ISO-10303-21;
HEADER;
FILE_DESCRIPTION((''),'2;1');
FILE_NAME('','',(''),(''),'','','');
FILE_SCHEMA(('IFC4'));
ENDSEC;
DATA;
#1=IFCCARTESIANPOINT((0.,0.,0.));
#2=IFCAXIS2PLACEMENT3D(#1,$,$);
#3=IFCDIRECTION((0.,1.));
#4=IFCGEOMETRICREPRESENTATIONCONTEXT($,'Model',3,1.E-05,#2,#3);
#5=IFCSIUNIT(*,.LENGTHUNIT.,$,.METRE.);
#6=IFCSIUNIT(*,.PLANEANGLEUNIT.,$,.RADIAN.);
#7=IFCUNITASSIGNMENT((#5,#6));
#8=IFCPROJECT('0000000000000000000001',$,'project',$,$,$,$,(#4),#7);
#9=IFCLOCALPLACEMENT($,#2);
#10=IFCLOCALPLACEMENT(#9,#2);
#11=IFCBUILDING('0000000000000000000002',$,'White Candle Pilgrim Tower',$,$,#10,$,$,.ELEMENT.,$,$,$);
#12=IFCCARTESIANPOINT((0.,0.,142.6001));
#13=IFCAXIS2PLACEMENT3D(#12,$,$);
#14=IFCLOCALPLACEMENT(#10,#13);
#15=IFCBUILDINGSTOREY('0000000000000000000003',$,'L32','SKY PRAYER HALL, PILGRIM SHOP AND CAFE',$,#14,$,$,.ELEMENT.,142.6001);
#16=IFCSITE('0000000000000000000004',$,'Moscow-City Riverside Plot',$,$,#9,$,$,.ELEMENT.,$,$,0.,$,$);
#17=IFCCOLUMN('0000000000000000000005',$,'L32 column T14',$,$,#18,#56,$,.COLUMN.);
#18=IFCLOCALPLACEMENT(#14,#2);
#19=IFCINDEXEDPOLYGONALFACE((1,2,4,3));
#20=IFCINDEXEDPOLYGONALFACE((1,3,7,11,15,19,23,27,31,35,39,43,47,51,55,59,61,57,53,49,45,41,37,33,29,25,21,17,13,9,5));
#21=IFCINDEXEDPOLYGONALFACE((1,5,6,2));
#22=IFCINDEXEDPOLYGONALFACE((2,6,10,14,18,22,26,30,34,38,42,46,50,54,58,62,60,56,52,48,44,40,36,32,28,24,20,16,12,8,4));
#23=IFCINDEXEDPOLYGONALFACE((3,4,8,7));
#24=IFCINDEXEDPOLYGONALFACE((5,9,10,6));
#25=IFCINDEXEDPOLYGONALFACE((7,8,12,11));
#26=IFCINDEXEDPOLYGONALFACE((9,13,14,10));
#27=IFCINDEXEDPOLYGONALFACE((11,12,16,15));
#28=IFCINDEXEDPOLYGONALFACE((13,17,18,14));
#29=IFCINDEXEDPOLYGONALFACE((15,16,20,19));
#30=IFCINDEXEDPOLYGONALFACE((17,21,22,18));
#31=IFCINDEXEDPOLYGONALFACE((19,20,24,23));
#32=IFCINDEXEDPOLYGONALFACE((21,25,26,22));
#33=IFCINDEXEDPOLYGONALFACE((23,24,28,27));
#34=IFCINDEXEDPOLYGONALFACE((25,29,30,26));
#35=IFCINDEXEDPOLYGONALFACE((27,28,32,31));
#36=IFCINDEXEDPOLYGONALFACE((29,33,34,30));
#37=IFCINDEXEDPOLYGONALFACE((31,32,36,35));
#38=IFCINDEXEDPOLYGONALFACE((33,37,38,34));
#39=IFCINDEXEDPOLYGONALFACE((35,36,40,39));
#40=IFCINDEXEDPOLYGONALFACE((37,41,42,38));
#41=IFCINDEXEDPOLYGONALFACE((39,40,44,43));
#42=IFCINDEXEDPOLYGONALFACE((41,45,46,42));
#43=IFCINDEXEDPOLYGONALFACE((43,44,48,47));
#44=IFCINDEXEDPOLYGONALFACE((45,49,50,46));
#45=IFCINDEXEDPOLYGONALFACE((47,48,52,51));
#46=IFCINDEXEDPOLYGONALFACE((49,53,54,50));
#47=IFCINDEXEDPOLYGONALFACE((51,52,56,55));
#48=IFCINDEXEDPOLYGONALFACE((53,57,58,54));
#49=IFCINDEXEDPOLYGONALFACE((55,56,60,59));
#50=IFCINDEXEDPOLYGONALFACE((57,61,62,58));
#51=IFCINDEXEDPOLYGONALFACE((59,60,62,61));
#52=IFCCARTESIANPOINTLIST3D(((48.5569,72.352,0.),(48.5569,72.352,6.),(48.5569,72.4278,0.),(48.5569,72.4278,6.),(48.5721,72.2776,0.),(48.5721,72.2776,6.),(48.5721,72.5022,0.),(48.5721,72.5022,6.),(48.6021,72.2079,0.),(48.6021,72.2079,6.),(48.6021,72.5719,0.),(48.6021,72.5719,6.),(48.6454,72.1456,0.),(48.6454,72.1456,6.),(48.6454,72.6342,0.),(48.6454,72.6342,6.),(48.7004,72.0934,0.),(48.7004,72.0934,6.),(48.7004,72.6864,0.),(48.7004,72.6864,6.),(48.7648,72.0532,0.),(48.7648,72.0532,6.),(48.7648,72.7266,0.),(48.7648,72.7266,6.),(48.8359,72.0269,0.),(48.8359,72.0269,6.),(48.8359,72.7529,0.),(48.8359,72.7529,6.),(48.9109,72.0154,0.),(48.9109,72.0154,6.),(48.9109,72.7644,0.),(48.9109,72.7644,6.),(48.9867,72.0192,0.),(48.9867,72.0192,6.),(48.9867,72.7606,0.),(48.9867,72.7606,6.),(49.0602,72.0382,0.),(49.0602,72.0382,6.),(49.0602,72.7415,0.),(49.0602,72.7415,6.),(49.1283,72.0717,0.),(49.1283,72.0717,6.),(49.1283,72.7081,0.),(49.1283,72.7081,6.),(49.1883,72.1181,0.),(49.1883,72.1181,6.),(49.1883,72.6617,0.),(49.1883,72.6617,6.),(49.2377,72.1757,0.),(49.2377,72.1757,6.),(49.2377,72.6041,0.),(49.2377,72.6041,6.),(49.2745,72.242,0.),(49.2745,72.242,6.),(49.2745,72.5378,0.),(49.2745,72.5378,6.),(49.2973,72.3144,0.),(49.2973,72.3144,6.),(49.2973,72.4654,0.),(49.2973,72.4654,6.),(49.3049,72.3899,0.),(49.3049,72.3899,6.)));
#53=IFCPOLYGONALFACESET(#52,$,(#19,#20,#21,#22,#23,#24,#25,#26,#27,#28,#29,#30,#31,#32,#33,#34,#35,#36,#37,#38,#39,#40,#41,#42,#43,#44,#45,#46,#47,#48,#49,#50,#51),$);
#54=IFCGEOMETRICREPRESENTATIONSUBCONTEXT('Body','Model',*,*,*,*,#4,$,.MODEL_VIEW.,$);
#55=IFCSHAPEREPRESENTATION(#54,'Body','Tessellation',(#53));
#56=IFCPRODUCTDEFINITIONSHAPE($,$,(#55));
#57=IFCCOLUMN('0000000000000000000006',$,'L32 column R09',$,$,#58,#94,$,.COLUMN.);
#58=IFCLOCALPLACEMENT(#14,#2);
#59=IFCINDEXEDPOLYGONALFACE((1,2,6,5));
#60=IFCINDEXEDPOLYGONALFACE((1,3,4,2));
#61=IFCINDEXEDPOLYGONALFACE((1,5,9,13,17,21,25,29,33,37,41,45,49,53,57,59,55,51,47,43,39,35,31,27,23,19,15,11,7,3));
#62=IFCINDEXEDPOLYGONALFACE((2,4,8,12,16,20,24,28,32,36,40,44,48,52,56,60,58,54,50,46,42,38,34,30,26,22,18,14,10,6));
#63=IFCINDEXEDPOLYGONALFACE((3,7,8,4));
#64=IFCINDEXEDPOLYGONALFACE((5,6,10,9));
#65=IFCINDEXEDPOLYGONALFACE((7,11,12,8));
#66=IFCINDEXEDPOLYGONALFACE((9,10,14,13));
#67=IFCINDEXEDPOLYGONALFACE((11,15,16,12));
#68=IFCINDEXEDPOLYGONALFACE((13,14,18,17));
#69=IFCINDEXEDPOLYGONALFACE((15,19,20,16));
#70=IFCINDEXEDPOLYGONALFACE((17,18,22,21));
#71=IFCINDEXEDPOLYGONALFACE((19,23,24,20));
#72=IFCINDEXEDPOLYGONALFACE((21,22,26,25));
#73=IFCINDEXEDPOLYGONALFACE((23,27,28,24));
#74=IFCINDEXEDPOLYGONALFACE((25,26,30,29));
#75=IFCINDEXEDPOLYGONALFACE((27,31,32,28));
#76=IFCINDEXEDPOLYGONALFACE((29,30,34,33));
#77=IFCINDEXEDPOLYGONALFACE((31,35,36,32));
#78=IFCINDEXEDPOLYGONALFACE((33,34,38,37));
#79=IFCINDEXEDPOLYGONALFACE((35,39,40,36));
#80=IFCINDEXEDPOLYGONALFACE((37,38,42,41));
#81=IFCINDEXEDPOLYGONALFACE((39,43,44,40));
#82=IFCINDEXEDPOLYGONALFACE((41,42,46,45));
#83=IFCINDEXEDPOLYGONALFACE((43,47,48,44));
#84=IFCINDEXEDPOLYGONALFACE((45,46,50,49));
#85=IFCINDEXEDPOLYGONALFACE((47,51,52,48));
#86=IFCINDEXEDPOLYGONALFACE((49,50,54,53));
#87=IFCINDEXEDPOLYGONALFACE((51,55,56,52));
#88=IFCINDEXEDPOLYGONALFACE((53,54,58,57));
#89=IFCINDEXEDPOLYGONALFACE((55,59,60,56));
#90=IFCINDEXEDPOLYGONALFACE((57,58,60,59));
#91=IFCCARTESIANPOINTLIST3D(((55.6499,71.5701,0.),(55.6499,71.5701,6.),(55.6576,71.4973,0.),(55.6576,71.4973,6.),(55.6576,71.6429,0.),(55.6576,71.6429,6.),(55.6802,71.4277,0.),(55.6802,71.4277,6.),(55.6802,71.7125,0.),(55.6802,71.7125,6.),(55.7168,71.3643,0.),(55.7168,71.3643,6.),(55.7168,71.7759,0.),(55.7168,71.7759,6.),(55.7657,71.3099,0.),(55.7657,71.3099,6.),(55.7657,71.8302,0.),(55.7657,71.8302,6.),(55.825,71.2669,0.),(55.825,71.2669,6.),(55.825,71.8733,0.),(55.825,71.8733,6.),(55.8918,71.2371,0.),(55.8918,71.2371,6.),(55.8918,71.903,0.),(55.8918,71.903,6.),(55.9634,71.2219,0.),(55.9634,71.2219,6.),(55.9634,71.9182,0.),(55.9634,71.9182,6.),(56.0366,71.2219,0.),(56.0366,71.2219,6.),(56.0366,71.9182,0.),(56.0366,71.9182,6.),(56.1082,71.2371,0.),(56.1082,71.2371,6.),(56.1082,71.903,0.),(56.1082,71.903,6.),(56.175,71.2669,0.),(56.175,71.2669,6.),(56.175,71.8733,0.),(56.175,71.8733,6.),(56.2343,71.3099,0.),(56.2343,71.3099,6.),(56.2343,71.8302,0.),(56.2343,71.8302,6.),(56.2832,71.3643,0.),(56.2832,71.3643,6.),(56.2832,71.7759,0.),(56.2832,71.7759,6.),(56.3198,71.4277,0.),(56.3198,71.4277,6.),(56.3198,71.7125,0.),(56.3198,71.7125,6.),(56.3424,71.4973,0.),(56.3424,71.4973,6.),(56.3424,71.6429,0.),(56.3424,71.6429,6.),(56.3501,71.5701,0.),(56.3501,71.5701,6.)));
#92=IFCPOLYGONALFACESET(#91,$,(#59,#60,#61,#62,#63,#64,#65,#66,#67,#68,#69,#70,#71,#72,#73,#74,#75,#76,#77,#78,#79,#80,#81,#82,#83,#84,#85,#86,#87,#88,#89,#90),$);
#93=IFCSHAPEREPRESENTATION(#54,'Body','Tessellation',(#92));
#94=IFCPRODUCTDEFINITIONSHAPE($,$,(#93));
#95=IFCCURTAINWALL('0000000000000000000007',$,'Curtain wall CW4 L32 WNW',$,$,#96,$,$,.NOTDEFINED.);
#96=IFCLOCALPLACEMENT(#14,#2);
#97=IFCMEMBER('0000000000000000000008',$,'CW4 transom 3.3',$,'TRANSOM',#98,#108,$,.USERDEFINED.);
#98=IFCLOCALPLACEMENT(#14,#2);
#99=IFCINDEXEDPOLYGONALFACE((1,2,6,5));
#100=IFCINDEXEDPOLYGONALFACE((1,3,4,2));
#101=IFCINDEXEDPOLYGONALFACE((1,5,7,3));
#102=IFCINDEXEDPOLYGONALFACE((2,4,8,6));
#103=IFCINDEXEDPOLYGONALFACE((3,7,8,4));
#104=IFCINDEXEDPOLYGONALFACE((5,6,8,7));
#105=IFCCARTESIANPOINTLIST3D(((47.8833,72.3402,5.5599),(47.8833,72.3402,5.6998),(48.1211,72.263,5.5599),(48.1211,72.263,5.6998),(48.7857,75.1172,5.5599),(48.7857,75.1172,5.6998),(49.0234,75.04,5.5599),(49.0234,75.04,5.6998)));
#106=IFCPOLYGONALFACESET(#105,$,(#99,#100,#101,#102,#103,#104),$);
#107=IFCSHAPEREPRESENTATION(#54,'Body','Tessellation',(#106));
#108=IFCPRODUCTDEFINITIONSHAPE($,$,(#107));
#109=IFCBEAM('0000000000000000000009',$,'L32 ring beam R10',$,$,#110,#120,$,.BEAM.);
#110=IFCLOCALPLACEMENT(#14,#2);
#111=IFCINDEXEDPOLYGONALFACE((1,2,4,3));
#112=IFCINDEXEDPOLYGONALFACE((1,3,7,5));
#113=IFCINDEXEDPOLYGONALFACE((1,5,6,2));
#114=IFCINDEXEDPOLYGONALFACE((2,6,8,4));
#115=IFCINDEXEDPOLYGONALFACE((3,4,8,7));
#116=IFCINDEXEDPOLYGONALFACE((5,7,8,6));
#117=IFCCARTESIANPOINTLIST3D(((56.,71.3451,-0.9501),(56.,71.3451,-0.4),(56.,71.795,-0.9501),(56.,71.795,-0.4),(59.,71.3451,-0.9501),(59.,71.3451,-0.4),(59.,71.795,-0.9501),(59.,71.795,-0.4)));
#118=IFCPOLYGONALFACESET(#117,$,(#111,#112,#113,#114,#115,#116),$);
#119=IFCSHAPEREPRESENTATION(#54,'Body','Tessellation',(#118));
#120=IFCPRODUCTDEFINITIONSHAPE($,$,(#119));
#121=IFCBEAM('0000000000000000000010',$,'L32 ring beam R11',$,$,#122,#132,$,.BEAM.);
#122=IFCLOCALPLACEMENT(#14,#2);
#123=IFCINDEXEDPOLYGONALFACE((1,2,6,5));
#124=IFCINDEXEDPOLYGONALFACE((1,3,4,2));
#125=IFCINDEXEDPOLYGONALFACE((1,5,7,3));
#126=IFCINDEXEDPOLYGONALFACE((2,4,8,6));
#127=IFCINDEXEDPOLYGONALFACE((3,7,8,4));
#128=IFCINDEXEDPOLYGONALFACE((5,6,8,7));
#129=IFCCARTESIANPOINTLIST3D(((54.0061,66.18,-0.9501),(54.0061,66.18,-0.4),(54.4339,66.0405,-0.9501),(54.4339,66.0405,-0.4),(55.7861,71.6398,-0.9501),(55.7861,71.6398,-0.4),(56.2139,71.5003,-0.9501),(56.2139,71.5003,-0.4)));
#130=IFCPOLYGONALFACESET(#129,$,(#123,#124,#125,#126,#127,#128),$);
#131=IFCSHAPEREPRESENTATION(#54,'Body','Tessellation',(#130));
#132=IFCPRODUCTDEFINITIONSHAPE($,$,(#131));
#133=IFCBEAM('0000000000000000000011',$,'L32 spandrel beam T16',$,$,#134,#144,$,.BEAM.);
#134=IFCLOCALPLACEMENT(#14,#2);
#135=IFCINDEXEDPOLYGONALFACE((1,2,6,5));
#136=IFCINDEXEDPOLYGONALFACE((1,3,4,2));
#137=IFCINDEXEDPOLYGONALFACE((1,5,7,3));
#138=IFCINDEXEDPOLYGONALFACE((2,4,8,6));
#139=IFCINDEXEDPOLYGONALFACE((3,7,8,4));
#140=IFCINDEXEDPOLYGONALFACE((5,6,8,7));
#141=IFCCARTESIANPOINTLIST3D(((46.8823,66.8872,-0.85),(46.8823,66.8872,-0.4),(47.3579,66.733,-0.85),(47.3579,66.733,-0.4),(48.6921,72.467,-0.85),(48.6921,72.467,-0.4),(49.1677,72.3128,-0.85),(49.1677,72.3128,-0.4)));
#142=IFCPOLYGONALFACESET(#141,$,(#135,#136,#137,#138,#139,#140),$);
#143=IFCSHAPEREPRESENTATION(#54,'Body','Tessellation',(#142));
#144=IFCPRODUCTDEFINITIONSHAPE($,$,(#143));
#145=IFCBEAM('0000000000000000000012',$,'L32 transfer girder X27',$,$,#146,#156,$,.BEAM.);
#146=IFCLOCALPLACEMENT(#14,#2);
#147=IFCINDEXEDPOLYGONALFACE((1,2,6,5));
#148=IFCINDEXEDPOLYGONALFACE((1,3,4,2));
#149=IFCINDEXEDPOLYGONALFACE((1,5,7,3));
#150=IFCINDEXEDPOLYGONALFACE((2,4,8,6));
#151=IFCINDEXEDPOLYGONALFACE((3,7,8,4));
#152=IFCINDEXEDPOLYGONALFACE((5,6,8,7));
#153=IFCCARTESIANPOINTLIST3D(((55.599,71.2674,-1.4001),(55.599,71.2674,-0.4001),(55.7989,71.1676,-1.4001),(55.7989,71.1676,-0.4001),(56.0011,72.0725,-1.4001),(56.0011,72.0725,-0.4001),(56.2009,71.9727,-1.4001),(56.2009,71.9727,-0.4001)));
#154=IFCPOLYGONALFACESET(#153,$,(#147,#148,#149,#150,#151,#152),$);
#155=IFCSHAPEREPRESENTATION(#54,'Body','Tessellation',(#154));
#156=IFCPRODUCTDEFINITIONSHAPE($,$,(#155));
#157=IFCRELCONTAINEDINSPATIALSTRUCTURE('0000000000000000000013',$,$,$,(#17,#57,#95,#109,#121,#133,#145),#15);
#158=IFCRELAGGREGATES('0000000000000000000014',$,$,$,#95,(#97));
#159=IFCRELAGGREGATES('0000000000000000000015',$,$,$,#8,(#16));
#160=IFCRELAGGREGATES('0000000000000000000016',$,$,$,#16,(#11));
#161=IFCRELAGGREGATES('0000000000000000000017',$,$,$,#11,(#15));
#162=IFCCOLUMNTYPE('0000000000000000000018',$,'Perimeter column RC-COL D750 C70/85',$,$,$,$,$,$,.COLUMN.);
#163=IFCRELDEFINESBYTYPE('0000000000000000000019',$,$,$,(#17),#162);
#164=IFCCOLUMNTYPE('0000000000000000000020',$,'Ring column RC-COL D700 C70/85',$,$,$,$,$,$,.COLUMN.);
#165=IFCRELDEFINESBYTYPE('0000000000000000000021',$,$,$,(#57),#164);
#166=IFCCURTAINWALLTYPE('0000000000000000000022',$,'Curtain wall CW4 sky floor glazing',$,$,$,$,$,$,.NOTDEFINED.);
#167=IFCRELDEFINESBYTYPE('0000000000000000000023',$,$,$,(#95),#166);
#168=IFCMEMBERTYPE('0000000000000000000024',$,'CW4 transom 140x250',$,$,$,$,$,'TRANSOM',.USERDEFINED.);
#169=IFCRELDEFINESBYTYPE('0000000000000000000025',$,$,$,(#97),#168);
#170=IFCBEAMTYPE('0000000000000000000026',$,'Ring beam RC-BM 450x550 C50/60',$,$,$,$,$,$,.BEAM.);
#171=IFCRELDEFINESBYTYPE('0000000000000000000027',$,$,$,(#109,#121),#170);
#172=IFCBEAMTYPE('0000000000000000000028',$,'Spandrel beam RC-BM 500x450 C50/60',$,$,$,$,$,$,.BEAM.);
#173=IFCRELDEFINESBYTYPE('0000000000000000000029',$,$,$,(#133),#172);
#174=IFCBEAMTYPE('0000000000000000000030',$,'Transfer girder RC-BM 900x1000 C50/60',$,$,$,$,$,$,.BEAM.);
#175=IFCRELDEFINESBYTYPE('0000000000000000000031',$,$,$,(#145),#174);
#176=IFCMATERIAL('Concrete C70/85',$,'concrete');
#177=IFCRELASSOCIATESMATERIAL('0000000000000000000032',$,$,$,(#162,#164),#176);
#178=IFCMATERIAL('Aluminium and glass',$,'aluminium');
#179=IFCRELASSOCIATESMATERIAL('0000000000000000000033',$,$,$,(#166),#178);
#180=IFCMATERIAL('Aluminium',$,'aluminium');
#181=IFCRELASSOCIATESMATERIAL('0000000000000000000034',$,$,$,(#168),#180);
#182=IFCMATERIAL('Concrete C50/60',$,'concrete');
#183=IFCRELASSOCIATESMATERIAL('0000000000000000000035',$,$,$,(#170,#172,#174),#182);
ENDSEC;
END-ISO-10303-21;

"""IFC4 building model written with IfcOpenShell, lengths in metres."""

from ifc_helpers import new_model, si_unit, direction, frame, origin, origin_2d, place, context, subcontext, project, spatial, rectangle, circle, extrude, material, material_profile, profile_set, type_object, element, aggregate, save


model = new_model("IFC4")

# Units and contexts
model_context = context("Model", 3, precision=1e-05, world=origin(), true_north=direction((0.0, 1.0)))
body_context = subcontext(model_context, "Body", "Model", "MODEL_VIEW")
ifc_project = project(units=[si_unit("LENGTHUNIT", "METRE"), si_unit("PLANEANGLEUNIT", "RADIAN")], contexts=[model_context])

# Site, building, storey
site_placement = place(None, origin())
site = spatial("IfcSite", under=ifc_project, at=site_placement, Name="Moscow-City Riverside Plot", CompositionType="ELEMENT", RefElevation=0.0)
building_placement = place(site_placement, origin())
building = spatial("IfcBuilding", under=site, at=building_placement, Name="White Candle Pilgrim Tower", CompositionType="ELEMENT")
storey_placement = place(building_placement, frame((0.0, 0.0, 142.6001)))
storey = spatial("IfcBuildingStorey", under=building, at=storey_placement, Name="L32", Description="SKY PRAYER HALL, PILGRIM SHOP AND CAFE", CompositionType="ELEMENT", Elevation=142.6001)

# Columns
ifc_material_1 = material(Name="Concrete C70/85", Category="concrete")
ifc_material_profile_1 = material_profile(ifc_material_1, circle(Radius=0.375, at=origin_2d()), Name="RC-COL D750")
ifc_profile_set_1 = profile_set([ifc_material_profile_1], Name="Concrete C70/85")
column_type_1 = type_object("IfcColumnType", Name="Perimeter column RC-COL D750 C70/85", PredefinedType="COLUMN", material=ifc_profile_set_1)
column_1_placement = place(storey_placement, frame((48.9299, 72.3899, 0.0), z_axis=(0.0, 0.0, 1.0), x_axis=(1.0, 0.0, 0.0)))
element("IfcColumn", 1, at=column_1_placement, inside=storey, type_object=column_type_1, Name="L32 column T14", PredefinedType="COLUMN", context=body_context, shape_type="SweptSolid", body=[
    extrude(circle(Radius=0.375, at=origin_2d()), origin(), (0.0, 0.0, 1.0), 6.0),
])
ifc_material_profile_2 = material_profile(ifc_material_1, circle(Radius=0.3501, at=origin_2d()), Name="RC-COL D700")
ifc_profile_set_2 = profile_set([ifc_material_profile_2], Name="Concrete C70/85")
column_type_2 = type_object("IfcColumnType", Name="Ring column RC-COL D700 C70/85", PredefinedType="COLUMN", material=ifc_profile_set_2)
column_2_placement = place(storey_placement, frame((56.0, 71.5701, 0.0), z_axis=(0.0, 0.0, 1.0), x_axis=(1.0, 0.0, 0.0)))
element("IfcColumn", 2, at=column_2_placement, inside=storey, type_object=column_type_2, Name="L32 column R09", PredefinedType="COLUMN", context=body_context, shape_type="SweptSolid", body=[
    extrude(circle(Radius=0.3501, at=origin_2d()), origin(), (0.0, 0.0, 1.0), 6.0),
])

# Curtain wall, member
ifc_material_2 = material(Name="Aluminium and glass", Category="aluminium")
curtain_wall_type = type_object("IfcCurtainWallType", Name="Curtain wall CW4 sky floor glazing", PredefinedType="NOTDEFINED", material=ifc_material_2)
curtain_wall_placement = place(storey_placement, origin())
curtain_wall = element("IfcCurtainWall", 3, at=curtain_wall_placement, inside=storey, type_object=curtain_wall_type, Name="Curtain wall CW4 L32 WNW", PredefinedType="NOTDEFINED")
ifc_material_3 = material(Name="Aluminium", Category="aluminium")
ifc_material_profile_3 = material_profile(ifc_material_3, rectangle(XDim=0.25, YDim=0.1399, at=origin_2d()), Name="CW4 transom 140x250")
ifc_profile_set_3 = profile_set([ifc_material_profile_3], Name="Aluminium")
member_type = type_object("IfcMemberType", Name="CW4 transom 140x250", ElementType="TRANSOM", PredefinedType="USERDEFINED", material=ifc_profile_set_3)
member_placement = place(storey_placement, frame((48.9045, 75.0786, 5.6299), z_axis=(-0.30902, -0.951056, 0.0), x_axis=(0.951056, -0.30902, 0.0)))
member = element("IfcMember", 4, at=member_placement, type_object=member_type, Name="CW4 transom 3.3", ObjectType="TRANSOM", PredefinedType="USERDEFINED", context=body_context, shape_type="SweptSolid", body=[
    extrude(rectangle(XDim=0.25, YDim=0.1399, at=origin_2d()), origin(), (0.0, 0.0, 1.0), 2.9199),
])
aggregate(curtain_wall, [member])

# Beams
ifc_material_4 = material(Name="Concrete C50/60", Category="concrete")
ifc_material_profile_4 = material_profile(ifc_material_4, rectangle(XDim=0.45, YDim=0.55, at=origin_2d()), Name="RC-BM 450x550")
ifc_profile_set_4 = profile_set([ifc_material_profile_4], Name="Concrete C50/60")
beam_type_1 = type_object("IfcBeamType", Name="Ring beam RC-BM 450x550 C50/60", PredefinedType="BEAM", material=ifc_profile_set_4)
beam_1_placement = place(storey_placement, frame((56.0, 71.5701, -0.675), z_axis=(1.0, 0.0, 0.0), x_axis=(0.0, 1.0, 0.0)))
element("IfcBeam", 5, at=beam_1_placement, inside=storey, type_object=beam_type_1, Name="L32 ring beam R10", PredefinedType="BEAM", context=body_context, shape_type="SweptSolid", body=[
    extrude(rectangle(XDim=0.45, YDim=0.55, at=origin_2d()), origin(), (0.0, 0.0, 1.0), 3.0),
])
beam_2_placement = place(storey_placement, frame((56.0, 71.5701, -0.675), z_axis=(-0.309959, -0.95075, 0.0), x_axis=(0.95075, -0.309959, 0.0)))
element("IfcBeam", 6, at=beam_2_placement, inside=storey, type_object=beam_type_1, Name="L32 ring beam R11", PredefinedType="BEAM", context=body_context, shape_type="SweptSolid", body=[
    extrude(rectangle(XDim=0.45, YDim=0.55, at=origin_2d()), origin(), (0.0, 0.0, 1.0), 5.7427),
])
ifc_material_profile_5 = material_profile(ifc_material_4, rectangle(XDim=0.5, YDim=0.45, at=origin_2d()), Name="RC-BM 500x450")
ifc_profile_set_5 = profile_set([ifc_material_profile_5], Name="Concrete C50/60")
beam_type_2 = type_object("IfcBeamType", Name="Spandrel beam RC-BM 500x450 C50/60", PredefinedType="BEAM", material=ifc_profile_set_5)
beam_3_placement = place(storey_placement, frame((48.9299, 72.3899, -0.625), z_axis=(-0.308526, -0.951216, 0.0), x_axis=(0.951216, -0.308526, 0.0)))
element("IfcBeam", 7, at=beam_3_placement, inside=storey, type_object=beam_type_2, Name="L32 spandrel beam T16", PredefinedType="BEAM", context=body_context, shape_type="SweptSolid", body=[
    extrude(rectangle(XDim=0.5, YDim=0.45, at=origin_2d()), origin(), (0.0, 0.0, 1.0), 5.866),
])
ifc_material_profile_6 = material_profile(ifc_material_4, rectangle(XDim=0.8999, YDim=1.0, at=origin_2d()), Name="RC-BM 900x1000")
ifc_profile_set_6 = profile_set([ifc_material_profile_6], Name="Concrete C50/60")
beam_type_3 = type_object("IfcBeamType", Name="Transfer girder RC-BM 900x1000 C50/60", PredefinedType="BEAM", material=ifc_profile_set_6)
beam_4_placement = place(storey_placement, frame((55.8, 71.6699, -0.9001), z_axis=(0.894646, -0.446777, 0.0), x_axis=(0.446777, 0.894646, 0.0)))
element("IfcBeam", 8, at=beam_4_placement, inside=storey, type_object=beam_type_3, Name="L32 transfer girder X27", PredefinedType="BEAM", context=body_context, shape_type="SweptSolid", body=[
    extrude(rectangle(XDim=0.8999, YDim=1.0, at=origin_2d()), origin(), (0.0, 0.0, 1.0), 0.2234),
])

save(model, "model.ifc")
